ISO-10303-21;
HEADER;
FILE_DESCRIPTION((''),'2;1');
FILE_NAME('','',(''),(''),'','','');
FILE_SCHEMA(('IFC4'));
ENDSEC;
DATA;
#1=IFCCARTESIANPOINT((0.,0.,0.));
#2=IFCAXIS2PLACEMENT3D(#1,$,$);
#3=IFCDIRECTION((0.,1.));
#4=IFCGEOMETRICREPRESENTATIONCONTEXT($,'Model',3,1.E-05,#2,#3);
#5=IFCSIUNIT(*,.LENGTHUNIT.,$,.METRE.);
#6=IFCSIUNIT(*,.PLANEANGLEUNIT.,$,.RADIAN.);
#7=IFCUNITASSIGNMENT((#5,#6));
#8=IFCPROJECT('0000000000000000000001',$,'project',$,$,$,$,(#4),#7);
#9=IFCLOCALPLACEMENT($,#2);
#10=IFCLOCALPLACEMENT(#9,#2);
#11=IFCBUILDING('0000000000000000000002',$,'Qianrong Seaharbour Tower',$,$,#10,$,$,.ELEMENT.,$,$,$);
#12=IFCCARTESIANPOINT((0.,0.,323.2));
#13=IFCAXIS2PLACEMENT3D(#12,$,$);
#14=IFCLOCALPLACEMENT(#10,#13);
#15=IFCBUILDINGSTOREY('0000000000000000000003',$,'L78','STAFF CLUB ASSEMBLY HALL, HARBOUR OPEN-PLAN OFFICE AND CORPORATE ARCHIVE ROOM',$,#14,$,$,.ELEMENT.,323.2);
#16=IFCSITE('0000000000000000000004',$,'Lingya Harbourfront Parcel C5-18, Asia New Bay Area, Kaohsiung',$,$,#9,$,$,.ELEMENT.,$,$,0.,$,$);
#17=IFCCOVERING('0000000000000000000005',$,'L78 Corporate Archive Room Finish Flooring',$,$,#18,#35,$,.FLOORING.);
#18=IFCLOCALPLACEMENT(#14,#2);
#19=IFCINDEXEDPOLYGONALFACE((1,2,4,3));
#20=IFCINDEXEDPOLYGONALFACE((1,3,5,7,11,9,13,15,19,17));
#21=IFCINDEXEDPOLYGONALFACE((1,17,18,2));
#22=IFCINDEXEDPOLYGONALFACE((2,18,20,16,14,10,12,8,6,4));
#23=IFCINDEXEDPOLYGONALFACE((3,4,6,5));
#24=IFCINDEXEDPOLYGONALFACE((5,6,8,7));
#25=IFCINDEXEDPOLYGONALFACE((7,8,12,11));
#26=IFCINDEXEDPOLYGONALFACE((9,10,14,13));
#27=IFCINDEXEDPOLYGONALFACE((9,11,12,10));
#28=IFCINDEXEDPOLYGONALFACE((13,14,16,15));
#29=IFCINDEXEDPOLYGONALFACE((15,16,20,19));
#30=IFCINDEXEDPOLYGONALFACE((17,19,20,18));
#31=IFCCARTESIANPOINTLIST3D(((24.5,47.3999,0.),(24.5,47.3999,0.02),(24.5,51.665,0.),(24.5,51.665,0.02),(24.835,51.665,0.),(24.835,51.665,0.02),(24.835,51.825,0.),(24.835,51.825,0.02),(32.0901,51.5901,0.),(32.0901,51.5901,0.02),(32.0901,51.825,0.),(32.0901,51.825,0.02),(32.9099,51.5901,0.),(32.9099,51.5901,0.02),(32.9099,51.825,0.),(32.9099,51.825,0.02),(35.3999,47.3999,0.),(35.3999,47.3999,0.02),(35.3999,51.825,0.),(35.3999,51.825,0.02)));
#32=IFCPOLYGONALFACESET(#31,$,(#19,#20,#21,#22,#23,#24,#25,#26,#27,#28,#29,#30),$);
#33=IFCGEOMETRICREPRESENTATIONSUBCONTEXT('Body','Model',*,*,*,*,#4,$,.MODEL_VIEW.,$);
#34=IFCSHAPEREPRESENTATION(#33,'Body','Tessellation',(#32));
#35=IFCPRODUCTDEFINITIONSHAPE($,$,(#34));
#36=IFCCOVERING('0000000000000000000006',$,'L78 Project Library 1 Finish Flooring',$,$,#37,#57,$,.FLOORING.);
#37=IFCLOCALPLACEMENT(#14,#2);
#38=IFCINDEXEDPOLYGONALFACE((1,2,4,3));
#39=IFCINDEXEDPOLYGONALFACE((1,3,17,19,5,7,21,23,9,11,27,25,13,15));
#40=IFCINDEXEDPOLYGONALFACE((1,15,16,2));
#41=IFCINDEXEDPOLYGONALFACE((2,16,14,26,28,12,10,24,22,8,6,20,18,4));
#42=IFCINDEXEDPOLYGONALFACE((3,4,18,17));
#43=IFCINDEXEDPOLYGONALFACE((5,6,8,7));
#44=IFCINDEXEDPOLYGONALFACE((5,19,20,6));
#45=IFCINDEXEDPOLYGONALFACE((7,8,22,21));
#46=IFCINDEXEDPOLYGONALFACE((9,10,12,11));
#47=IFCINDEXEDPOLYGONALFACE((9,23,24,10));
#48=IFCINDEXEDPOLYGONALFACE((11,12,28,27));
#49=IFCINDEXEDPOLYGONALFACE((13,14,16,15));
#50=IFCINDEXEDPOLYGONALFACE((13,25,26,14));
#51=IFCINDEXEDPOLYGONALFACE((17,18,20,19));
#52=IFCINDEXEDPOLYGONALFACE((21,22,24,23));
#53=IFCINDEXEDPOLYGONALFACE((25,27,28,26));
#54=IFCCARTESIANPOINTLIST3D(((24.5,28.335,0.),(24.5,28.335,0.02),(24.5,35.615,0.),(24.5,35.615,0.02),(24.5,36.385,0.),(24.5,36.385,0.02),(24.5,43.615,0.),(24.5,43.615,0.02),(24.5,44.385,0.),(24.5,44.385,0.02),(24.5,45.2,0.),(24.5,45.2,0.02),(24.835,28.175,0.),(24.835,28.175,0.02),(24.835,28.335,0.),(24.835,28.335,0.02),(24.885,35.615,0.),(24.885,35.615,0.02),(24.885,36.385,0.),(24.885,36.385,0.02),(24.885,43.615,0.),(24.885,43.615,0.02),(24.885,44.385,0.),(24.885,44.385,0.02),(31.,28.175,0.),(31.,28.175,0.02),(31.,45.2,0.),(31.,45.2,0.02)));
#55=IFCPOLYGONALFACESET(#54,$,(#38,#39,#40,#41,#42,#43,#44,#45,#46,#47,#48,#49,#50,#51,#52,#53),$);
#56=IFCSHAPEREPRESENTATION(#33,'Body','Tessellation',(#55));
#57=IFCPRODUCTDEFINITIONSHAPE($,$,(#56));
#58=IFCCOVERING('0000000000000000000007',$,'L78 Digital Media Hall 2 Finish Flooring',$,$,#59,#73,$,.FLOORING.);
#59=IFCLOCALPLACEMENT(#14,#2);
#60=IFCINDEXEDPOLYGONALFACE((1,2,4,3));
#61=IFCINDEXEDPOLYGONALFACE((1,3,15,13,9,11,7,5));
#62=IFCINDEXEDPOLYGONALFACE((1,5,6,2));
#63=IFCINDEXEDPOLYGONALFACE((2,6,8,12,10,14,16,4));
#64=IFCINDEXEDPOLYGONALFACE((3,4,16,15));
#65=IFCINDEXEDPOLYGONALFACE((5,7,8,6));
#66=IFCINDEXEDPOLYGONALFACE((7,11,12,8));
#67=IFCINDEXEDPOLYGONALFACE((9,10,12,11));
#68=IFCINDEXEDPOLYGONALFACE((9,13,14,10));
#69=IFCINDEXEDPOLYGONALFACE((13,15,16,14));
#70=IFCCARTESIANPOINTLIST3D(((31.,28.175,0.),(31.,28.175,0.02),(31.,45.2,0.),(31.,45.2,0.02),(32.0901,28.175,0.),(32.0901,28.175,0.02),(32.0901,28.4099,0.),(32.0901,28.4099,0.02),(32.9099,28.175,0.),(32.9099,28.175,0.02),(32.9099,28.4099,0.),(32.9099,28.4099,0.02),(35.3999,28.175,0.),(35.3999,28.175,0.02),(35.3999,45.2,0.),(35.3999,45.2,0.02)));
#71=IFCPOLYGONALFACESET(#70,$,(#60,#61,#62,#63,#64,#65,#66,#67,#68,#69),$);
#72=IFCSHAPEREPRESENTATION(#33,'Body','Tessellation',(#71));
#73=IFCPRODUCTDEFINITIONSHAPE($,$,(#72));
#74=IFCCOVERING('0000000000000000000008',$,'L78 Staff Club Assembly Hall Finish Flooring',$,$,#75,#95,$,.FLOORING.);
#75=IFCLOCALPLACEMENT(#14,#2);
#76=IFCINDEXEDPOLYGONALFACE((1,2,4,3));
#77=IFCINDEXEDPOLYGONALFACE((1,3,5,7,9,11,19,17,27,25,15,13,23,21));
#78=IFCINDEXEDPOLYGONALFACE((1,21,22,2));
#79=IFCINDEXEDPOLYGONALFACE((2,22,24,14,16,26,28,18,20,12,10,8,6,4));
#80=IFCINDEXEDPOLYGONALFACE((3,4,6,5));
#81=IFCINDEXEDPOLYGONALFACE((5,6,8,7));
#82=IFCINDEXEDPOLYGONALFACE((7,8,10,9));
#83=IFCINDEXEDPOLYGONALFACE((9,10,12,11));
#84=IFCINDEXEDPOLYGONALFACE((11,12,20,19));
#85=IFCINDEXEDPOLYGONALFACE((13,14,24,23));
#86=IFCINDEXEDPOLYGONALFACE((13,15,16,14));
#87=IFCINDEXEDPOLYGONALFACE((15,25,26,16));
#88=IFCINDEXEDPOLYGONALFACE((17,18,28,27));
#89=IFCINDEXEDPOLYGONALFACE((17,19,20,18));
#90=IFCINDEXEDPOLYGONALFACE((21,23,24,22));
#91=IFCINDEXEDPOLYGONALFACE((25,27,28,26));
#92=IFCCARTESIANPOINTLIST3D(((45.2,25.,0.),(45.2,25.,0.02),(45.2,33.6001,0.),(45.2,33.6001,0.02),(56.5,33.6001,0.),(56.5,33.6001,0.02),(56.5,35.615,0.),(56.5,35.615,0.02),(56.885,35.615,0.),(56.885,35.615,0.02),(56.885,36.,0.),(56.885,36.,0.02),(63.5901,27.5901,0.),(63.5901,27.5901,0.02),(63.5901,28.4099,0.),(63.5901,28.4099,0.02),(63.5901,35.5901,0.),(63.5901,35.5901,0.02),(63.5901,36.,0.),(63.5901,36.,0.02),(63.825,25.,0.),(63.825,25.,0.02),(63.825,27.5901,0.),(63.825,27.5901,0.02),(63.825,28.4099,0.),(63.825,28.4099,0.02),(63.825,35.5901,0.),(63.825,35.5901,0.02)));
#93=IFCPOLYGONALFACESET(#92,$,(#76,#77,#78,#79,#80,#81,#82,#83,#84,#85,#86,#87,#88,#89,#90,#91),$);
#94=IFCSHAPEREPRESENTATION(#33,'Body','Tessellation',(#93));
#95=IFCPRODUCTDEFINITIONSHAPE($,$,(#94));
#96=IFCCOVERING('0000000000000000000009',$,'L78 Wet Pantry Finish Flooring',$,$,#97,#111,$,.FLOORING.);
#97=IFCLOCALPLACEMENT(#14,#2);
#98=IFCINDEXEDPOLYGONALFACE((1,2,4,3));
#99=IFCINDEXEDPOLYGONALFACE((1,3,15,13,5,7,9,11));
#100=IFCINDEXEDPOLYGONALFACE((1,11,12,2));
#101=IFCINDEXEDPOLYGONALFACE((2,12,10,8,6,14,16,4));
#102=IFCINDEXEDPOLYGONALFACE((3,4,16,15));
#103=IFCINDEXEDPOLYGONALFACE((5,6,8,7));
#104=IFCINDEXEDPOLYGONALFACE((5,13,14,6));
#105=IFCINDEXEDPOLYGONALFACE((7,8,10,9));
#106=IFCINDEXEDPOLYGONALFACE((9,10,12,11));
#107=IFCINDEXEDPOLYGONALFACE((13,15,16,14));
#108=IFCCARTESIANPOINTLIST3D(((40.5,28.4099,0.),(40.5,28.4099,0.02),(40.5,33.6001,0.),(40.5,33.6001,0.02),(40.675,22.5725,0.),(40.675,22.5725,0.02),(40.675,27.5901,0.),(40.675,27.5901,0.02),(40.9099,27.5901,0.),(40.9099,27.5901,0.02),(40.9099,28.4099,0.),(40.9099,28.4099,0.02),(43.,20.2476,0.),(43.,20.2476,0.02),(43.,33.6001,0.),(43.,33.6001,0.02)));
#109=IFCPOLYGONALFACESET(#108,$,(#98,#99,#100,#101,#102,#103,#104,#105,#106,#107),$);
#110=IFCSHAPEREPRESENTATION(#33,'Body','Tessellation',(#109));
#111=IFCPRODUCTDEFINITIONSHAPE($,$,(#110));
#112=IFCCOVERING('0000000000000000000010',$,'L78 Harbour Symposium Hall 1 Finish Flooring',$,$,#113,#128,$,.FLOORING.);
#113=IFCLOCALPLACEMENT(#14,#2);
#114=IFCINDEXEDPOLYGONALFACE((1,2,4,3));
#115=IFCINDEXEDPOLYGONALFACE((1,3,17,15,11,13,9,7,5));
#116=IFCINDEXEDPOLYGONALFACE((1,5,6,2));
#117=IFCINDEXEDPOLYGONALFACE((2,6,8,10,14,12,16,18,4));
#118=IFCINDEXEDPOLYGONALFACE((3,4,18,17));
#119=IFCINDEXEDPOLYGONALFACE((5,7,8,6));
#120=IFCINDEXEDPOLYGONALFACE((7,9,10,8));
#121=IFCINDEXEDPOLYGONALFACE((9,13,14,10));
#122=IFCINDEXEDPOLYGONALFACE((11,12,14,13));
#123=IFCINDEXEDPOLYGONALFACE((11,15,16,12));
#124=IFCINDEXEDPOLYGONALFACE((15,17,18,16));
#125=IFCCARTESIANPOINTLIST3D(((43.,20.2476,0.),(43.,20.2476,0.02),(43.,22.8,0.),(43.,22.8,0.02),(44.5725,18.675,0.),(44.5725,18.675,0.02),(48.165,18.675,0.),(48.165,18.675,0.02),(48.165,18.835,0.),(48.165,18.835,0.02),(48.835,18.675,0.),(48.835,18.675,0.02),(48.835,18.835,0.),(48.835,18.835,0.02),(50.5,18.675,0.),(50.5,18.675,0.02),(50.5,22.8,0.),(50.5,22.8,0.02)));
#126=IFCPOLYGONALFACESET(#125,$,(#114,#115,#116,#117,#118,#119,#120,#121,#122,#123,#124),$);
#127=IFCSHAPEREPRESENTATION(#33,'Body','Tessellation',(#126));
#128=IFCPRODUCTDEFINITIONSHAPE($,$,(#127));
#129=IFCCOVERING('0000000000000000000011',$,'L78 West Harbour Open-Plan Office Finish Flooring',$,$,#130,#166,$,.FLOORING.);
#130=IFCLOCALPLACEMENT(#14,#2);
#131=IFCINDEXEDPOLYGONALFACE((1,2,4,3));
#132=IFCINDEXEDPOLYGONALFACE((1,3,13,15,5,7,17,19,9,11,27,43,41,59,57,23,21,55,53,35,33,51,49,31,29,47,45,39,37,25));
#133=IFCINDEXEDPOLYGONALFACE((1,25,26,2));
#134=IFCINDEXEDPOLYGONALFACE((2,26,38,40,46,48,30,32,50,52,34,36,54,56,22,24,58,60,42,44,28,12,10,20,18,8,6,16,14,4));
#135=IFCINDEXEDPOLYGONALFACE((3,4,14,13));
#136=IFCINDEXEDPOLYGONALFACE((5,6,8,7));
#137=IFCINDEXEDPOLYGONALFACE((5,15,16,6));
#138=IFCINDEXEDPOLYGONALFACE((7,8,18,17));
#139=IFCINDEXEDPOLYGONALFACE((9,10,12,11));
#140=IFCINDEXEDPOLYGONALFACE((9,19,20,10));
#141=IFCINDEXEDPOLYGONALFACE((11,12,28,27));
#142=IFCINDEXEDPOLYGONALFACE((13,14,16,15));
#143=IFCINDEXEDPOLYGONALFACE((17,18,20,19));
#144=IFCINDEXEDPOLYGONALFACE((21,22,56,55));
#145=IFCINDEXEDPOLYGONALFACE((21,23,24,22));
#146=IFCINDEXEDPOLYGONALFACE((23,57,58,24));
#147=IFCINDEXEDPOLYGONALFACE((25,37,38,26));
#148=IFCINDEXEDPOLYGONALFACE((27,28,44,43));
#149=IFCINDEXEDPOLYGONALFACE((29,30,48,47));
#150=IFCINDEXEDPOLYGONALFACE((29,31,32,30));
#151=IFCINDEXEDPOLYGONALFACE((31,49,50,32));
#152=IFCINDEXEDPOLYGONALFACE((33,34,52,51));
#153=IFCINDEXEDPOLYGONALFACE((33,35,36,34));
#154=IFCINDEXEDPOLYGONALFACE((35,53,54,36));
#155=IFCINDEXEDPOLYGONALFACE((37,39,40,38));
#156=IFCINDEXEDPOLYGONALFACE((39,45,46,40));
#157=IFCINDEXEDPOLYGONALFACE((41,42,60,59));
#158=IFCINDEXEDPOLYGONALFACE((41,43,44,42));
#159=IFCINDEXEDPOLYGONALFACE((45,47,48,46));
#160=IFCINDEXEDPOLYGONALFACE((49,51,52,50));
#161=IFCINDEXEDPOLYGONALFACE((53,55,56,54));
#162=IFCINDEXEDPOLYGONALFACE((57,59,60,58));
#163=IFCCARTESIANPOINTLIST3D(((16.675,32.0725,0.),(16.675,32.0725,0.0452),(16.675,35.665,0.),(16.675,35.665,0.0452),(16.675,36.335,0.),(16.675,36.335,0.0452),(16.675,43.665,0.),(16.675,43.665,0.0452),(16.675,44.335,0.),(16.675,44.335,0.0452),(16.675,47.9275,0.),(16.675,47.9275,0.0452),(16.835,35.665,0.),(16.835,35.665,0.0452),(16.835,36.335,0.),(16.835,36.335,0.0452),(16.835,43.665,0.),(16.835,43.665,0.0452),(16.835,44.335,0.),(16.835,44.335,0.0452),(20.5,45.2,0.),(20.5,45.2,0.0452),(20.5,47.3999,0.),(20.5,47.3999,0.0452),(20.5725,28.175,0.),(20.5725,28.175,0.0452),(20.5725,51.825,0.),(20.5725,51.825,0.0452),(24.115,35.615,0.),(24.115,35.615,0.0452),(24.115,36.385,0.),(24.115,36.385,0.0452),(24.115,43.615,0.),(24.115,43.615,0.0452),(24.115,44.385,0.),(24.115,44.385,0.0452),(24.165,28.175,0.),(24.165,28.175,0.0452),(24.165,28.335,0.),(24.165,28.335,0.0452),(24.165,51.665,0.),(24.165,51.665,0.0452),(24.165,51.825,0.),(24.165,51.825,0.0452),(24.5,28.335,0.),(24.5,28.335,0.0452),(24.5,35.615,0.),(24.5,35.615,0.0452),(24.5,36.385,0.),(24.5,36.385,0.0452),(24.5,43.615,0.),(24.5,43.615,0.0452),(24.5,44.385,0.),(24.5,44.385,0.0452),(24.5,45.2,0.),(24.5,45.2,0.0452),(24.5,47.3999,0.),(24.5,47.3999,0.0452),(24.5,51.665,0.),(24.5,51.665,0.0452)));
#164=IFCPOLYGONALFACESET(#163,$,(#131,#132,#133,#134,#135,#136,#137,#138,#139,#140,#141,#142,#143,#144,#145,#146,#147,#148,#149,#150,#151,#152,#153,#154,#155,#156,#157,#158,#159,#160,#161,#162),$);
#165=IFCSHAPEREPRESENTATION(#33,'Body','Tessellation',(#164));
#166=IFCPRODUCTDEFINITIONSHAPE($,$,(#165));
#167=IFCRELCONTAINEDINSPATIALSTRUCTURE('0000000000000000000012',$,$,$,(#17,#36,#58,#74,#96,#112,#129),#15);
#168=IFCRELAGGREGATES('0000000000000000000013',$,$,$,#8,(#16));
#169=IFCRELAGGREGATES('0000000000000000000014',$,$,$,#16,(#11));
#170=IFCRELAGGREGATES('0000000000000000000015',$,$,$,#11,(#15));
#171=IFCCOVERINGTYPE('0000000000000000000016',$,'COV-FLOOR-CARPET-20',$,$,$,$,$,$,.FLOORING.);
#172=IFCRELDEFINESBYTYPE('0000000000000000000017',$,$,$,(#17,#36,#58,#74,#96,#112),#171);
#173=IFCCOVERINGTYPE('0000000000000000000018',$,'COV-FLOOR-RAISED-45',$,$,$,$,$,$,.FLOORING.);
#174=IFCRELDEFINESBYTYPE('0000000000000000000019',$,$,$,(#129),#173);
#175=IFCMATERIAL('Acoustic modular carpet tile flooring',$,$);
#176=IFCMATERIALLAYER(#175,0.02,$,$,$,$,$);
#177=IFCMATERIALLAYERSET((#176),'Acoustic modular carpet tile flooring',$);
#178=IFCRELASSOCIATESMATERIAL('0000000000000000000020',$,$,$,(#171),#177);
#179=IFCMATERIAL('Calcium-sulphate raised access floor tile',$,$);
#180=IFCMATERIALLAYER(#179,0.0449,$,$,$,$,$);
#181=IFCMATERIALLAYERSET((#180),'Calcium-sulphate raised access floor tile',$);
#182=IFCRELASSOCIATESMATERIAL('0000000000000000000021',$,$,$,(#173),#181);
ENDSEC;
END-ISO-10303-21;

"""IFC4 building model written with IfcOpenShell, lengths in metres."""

from ifc_helpers import new_model, si_unit, direction, frame, origin, place, context, subcontext, project, spatial, polyline, outline, extrude, material, layer, layer_set, type_object, element, save


model = new_model("IFC4")

# Units and contexts
model_context = context("Model", 3, precision=1e-05, world=origin(), true_north=direction((0.0, 1.0)))
body_context = subcontext(model_context, "Body", "Model", "MODEL_VIEW")
ifc_project = project(units=[si_unit("LENGTHUNIT", "METRE"), si_unit("PLANEANGLEUNIT", "RADIAN")], contexts=[model_context])

# Site, building, storey
site_placement = place(None, origin())
site = spatial("IfcSite", under=ifc_project, at=site_placement, Name="Lingya Harbourfront Parcel C5-18, Asia New Bay Area, Kaohsiung", CompositionType="ELEMENT", RefElevation=0.0)
building_placement = place(site_placement, origin())
building = spatial("IfcBuilding", under=site, at=building_placement, Name="Qianrong Seaharbour Tower", CompositionType="ELEMENT")
storey_placement = place(building_placement, frame((0.0, 0.0, 323.2)))
storey = spatial("IfcBuildingStorey", under=building, at=storey_placement, Name="L78", Description="STAFF CLUB ASSEMBLY HALL, HARBOUR OPEN-PLAN OFFICE AND CORPORATE ARCHIVE ROOM", CompositionType="ELEMENT", Elevation=323.2)

# Coverings
ifc_material_1 = material(Name="Acoustic modular carpet tile flooring")
ifc_layer_1 = layer(ifc_material_1, 0.02)
ifc_layer_set_1 = layer_set([ifc_layer_1], Name="Acoustic modular carpet tile flooring")
covering_type_1 = type_object("IfcCoveringType", Name="COV-FLOOR-CARPET-20", PredefinedType="FLOORING", material=ifc_layer_set_1)
covering_1_placement = place(storey_placement, origin())
element("IfcCovering", 1, at=covering_1_placement, inside=storey, type_object=covering_type_1, Name="L78 Corporate Archive Room Finish Flooring", PredefinedType="FLOORING", context=body_context, shape_type="SweptSolid", body=[
    extrude(outline(polyline([(24.5, 51.665), (24.835, 51.665), (24.835, 51.825), (32.0901, 51.825), (32.0901, 51.5901), (32.9099, 51.5901), (32.9099, 51.825), (35.3999, 51.825), (35.3999, 47.3999), (24.5, 47.3999), (24.5, 51.665)])), origin(), (0.0, 0.0, 1.0), 0.02),
])
covering_2_placement = place(storey_placement, origin())
element("IfcCovering", 2, at=covering_2_placement, inside=storey, type_object=covering_type_1, Name="L78 Project Library 1 Finish Flooring", PredefinedType="FLOORING", context=body_context, shape_type="SweptSolid", body=[
    extrude(outline(polyline([(24.835, 28.175), (24.835, 28.335), (24.5, 28.335), (24.5, 35.615), (24.885, 35.615), (24.885, 36.385), (24.5, 36.385), (24.5, 43.615), (24.885, 43.615), (24.885, 44.385), (24.5, 44.385), (24.5, 45.2), (31.0, 45.2), (31.0, 28.175), (24.835, 28.175)])), origin(), (0.0, 0.0, 1.0), 0.02),
])
covering_3_placement = place(storey_placement, origin())
element("IfcCovering", 3, at=covering_3_placement, inside=storey, type_object=covering_type_1, Name="L78 Digital Media Hall 2 Finish Flooring", PredefinedType="FLOORING", context=body_context, shape_type="SweptSolid", body=[
    extrude(outline(polyline([(32.9099, 28.175), (32.9099, 28.4099), (32.0901, 28.4099), (32.0901, 28.175), (31.0, 28.175), (31.0, 45.2), (35.3999, 45.2), (35.3999, 28.175), (32.9099, 28.175)])), origin(), (0.0, 0.0, 1.0), 0.02),
])
covering_4_placement = place(storey_placement, origin())
element("IfcCovering", 4, at=covering_4_placement, inside=storey, type_object=covering_type_1, Name="L78 Staff Club Assembly Hall Finish Flooring", PredefinedType="FLOORING", context=body_context, shape_type="SweptSolid", body=[
    extrude(outline(polyline([(56.5, 33.6001), (56.5, 35.615), (56.885, 35.615), (56.885, 36.0), (63.5901, 36.0), (63.5901, 35.5901), (63.825, 35.5901), (63.825, 28.4099), (63.5901, 28.4099), (63.5901, 27.5901), (63.825, 27.5901), (63.825, 25.0), (45.2, 25.0), (45.2, 33.6001), (56.5, 33.6001)])), origin(), (0.0, 0.0, 1.0), 0.02),
])
covering_5_placement = place(storey_placement, origin())
element("IfcCovering", 5, at=covering_5_placement, inside=storey, type_object=covering_type_1, Name="L78 Wet Pantry Finish Flooring", PredefinedType="FLOORING", context=body_context, shape_type="SweptSolid", body=[
    extrude(outline(polyline([(43.0, 20.2476), (40.675, 22.5725), (40.675, 27.5901), (40.9099, 27.5901), (40.9099, 28.4099), (40.5, 28.4099), (40.5, 33.6001), (43.0, 33.6001), (43.0, 20.2476)])), origin(), (0.0, 0.0, 1.0), 0.02),
])
covering_6_placement = place(storey_placement, origin())
element("IfcCovering", 6, at=covering_6_placement, inside=storey, type_object=covering_type_1, Name="L78 Harbour Symposium Hall 1 Finish Flooring", PredefinedType="FLOORING", context=body_context, shape_type="SweptSolid", body=[
    extrude(outline(polyline([(50.5, 18.675), (48.835, 18.675), (48.835, 18.835), (48.165, 18.835), (48.165, 18.675), (44.5725, 18.675), (43.0, 20.2476), (43.0, 22.8), (50.5, 22.8), (50.5, 18.675)])), origin(), (0.0, 0.0, 1.0), 0.02),
])
ifc_material_2 = material(Name="Calcium-sulphate raised access floor tile")
ifc_layer_2 = layer(ifc_material_2, 0.0449)
ifc_layer_set_2 = layer_set([ifc_layer_2], Name="Calcium-sulphate raised access floor tile")
covering_type_2 = type_object("IfcCoveringType", Name="COV-FLOOR-RAISED-45", PredefinedType="FLOORING", material=ifc_layer_set_2)
covering_7_placement = place(storey_placement, origin())
element("IfcCovering", 7, at=covering_7_placement, inside=storey, type_object=covering_type_2, Name="L78 West Harbour Open-Plan Office Finish Flooring", PredefinedType="FLOORING", context=body_context, shape_type="SweptSolid", body=[
    extrude(outline(polyline([(16.675, 32.0725), (16.675, 35.665), (16.835, 35.665), (16.835, 36.335), (16.675, 36.335), (16.675, 43.665), (16.835, 43.665), (16.835, 44.335), (16.675, 44.335), (16.675, 47.9275), (20.5725, 51.825), (24.165, 51.825), (24.165, 51.665), (24.5, 51.665), (24.5, 47.3999), (20.5, 47.3999), (20.5, 45.2), (24.5, 45.2), (24.5, 44.385), (24.115, 44.385), (24.115, 43.615), (24.5, 43.615), (24.5, 36.385), (24.115, 36.385), (24.115, 35.615), (24.5, 35.615), (24.5, 28.335), (24.165, 28.335), (24.165, 28.175), (20.5725, 28.175), (16.675, 32.0725)])), origin(), (0.0, 0.0, 1.0), 0.0452),
])

save(model, "model.ifc")
